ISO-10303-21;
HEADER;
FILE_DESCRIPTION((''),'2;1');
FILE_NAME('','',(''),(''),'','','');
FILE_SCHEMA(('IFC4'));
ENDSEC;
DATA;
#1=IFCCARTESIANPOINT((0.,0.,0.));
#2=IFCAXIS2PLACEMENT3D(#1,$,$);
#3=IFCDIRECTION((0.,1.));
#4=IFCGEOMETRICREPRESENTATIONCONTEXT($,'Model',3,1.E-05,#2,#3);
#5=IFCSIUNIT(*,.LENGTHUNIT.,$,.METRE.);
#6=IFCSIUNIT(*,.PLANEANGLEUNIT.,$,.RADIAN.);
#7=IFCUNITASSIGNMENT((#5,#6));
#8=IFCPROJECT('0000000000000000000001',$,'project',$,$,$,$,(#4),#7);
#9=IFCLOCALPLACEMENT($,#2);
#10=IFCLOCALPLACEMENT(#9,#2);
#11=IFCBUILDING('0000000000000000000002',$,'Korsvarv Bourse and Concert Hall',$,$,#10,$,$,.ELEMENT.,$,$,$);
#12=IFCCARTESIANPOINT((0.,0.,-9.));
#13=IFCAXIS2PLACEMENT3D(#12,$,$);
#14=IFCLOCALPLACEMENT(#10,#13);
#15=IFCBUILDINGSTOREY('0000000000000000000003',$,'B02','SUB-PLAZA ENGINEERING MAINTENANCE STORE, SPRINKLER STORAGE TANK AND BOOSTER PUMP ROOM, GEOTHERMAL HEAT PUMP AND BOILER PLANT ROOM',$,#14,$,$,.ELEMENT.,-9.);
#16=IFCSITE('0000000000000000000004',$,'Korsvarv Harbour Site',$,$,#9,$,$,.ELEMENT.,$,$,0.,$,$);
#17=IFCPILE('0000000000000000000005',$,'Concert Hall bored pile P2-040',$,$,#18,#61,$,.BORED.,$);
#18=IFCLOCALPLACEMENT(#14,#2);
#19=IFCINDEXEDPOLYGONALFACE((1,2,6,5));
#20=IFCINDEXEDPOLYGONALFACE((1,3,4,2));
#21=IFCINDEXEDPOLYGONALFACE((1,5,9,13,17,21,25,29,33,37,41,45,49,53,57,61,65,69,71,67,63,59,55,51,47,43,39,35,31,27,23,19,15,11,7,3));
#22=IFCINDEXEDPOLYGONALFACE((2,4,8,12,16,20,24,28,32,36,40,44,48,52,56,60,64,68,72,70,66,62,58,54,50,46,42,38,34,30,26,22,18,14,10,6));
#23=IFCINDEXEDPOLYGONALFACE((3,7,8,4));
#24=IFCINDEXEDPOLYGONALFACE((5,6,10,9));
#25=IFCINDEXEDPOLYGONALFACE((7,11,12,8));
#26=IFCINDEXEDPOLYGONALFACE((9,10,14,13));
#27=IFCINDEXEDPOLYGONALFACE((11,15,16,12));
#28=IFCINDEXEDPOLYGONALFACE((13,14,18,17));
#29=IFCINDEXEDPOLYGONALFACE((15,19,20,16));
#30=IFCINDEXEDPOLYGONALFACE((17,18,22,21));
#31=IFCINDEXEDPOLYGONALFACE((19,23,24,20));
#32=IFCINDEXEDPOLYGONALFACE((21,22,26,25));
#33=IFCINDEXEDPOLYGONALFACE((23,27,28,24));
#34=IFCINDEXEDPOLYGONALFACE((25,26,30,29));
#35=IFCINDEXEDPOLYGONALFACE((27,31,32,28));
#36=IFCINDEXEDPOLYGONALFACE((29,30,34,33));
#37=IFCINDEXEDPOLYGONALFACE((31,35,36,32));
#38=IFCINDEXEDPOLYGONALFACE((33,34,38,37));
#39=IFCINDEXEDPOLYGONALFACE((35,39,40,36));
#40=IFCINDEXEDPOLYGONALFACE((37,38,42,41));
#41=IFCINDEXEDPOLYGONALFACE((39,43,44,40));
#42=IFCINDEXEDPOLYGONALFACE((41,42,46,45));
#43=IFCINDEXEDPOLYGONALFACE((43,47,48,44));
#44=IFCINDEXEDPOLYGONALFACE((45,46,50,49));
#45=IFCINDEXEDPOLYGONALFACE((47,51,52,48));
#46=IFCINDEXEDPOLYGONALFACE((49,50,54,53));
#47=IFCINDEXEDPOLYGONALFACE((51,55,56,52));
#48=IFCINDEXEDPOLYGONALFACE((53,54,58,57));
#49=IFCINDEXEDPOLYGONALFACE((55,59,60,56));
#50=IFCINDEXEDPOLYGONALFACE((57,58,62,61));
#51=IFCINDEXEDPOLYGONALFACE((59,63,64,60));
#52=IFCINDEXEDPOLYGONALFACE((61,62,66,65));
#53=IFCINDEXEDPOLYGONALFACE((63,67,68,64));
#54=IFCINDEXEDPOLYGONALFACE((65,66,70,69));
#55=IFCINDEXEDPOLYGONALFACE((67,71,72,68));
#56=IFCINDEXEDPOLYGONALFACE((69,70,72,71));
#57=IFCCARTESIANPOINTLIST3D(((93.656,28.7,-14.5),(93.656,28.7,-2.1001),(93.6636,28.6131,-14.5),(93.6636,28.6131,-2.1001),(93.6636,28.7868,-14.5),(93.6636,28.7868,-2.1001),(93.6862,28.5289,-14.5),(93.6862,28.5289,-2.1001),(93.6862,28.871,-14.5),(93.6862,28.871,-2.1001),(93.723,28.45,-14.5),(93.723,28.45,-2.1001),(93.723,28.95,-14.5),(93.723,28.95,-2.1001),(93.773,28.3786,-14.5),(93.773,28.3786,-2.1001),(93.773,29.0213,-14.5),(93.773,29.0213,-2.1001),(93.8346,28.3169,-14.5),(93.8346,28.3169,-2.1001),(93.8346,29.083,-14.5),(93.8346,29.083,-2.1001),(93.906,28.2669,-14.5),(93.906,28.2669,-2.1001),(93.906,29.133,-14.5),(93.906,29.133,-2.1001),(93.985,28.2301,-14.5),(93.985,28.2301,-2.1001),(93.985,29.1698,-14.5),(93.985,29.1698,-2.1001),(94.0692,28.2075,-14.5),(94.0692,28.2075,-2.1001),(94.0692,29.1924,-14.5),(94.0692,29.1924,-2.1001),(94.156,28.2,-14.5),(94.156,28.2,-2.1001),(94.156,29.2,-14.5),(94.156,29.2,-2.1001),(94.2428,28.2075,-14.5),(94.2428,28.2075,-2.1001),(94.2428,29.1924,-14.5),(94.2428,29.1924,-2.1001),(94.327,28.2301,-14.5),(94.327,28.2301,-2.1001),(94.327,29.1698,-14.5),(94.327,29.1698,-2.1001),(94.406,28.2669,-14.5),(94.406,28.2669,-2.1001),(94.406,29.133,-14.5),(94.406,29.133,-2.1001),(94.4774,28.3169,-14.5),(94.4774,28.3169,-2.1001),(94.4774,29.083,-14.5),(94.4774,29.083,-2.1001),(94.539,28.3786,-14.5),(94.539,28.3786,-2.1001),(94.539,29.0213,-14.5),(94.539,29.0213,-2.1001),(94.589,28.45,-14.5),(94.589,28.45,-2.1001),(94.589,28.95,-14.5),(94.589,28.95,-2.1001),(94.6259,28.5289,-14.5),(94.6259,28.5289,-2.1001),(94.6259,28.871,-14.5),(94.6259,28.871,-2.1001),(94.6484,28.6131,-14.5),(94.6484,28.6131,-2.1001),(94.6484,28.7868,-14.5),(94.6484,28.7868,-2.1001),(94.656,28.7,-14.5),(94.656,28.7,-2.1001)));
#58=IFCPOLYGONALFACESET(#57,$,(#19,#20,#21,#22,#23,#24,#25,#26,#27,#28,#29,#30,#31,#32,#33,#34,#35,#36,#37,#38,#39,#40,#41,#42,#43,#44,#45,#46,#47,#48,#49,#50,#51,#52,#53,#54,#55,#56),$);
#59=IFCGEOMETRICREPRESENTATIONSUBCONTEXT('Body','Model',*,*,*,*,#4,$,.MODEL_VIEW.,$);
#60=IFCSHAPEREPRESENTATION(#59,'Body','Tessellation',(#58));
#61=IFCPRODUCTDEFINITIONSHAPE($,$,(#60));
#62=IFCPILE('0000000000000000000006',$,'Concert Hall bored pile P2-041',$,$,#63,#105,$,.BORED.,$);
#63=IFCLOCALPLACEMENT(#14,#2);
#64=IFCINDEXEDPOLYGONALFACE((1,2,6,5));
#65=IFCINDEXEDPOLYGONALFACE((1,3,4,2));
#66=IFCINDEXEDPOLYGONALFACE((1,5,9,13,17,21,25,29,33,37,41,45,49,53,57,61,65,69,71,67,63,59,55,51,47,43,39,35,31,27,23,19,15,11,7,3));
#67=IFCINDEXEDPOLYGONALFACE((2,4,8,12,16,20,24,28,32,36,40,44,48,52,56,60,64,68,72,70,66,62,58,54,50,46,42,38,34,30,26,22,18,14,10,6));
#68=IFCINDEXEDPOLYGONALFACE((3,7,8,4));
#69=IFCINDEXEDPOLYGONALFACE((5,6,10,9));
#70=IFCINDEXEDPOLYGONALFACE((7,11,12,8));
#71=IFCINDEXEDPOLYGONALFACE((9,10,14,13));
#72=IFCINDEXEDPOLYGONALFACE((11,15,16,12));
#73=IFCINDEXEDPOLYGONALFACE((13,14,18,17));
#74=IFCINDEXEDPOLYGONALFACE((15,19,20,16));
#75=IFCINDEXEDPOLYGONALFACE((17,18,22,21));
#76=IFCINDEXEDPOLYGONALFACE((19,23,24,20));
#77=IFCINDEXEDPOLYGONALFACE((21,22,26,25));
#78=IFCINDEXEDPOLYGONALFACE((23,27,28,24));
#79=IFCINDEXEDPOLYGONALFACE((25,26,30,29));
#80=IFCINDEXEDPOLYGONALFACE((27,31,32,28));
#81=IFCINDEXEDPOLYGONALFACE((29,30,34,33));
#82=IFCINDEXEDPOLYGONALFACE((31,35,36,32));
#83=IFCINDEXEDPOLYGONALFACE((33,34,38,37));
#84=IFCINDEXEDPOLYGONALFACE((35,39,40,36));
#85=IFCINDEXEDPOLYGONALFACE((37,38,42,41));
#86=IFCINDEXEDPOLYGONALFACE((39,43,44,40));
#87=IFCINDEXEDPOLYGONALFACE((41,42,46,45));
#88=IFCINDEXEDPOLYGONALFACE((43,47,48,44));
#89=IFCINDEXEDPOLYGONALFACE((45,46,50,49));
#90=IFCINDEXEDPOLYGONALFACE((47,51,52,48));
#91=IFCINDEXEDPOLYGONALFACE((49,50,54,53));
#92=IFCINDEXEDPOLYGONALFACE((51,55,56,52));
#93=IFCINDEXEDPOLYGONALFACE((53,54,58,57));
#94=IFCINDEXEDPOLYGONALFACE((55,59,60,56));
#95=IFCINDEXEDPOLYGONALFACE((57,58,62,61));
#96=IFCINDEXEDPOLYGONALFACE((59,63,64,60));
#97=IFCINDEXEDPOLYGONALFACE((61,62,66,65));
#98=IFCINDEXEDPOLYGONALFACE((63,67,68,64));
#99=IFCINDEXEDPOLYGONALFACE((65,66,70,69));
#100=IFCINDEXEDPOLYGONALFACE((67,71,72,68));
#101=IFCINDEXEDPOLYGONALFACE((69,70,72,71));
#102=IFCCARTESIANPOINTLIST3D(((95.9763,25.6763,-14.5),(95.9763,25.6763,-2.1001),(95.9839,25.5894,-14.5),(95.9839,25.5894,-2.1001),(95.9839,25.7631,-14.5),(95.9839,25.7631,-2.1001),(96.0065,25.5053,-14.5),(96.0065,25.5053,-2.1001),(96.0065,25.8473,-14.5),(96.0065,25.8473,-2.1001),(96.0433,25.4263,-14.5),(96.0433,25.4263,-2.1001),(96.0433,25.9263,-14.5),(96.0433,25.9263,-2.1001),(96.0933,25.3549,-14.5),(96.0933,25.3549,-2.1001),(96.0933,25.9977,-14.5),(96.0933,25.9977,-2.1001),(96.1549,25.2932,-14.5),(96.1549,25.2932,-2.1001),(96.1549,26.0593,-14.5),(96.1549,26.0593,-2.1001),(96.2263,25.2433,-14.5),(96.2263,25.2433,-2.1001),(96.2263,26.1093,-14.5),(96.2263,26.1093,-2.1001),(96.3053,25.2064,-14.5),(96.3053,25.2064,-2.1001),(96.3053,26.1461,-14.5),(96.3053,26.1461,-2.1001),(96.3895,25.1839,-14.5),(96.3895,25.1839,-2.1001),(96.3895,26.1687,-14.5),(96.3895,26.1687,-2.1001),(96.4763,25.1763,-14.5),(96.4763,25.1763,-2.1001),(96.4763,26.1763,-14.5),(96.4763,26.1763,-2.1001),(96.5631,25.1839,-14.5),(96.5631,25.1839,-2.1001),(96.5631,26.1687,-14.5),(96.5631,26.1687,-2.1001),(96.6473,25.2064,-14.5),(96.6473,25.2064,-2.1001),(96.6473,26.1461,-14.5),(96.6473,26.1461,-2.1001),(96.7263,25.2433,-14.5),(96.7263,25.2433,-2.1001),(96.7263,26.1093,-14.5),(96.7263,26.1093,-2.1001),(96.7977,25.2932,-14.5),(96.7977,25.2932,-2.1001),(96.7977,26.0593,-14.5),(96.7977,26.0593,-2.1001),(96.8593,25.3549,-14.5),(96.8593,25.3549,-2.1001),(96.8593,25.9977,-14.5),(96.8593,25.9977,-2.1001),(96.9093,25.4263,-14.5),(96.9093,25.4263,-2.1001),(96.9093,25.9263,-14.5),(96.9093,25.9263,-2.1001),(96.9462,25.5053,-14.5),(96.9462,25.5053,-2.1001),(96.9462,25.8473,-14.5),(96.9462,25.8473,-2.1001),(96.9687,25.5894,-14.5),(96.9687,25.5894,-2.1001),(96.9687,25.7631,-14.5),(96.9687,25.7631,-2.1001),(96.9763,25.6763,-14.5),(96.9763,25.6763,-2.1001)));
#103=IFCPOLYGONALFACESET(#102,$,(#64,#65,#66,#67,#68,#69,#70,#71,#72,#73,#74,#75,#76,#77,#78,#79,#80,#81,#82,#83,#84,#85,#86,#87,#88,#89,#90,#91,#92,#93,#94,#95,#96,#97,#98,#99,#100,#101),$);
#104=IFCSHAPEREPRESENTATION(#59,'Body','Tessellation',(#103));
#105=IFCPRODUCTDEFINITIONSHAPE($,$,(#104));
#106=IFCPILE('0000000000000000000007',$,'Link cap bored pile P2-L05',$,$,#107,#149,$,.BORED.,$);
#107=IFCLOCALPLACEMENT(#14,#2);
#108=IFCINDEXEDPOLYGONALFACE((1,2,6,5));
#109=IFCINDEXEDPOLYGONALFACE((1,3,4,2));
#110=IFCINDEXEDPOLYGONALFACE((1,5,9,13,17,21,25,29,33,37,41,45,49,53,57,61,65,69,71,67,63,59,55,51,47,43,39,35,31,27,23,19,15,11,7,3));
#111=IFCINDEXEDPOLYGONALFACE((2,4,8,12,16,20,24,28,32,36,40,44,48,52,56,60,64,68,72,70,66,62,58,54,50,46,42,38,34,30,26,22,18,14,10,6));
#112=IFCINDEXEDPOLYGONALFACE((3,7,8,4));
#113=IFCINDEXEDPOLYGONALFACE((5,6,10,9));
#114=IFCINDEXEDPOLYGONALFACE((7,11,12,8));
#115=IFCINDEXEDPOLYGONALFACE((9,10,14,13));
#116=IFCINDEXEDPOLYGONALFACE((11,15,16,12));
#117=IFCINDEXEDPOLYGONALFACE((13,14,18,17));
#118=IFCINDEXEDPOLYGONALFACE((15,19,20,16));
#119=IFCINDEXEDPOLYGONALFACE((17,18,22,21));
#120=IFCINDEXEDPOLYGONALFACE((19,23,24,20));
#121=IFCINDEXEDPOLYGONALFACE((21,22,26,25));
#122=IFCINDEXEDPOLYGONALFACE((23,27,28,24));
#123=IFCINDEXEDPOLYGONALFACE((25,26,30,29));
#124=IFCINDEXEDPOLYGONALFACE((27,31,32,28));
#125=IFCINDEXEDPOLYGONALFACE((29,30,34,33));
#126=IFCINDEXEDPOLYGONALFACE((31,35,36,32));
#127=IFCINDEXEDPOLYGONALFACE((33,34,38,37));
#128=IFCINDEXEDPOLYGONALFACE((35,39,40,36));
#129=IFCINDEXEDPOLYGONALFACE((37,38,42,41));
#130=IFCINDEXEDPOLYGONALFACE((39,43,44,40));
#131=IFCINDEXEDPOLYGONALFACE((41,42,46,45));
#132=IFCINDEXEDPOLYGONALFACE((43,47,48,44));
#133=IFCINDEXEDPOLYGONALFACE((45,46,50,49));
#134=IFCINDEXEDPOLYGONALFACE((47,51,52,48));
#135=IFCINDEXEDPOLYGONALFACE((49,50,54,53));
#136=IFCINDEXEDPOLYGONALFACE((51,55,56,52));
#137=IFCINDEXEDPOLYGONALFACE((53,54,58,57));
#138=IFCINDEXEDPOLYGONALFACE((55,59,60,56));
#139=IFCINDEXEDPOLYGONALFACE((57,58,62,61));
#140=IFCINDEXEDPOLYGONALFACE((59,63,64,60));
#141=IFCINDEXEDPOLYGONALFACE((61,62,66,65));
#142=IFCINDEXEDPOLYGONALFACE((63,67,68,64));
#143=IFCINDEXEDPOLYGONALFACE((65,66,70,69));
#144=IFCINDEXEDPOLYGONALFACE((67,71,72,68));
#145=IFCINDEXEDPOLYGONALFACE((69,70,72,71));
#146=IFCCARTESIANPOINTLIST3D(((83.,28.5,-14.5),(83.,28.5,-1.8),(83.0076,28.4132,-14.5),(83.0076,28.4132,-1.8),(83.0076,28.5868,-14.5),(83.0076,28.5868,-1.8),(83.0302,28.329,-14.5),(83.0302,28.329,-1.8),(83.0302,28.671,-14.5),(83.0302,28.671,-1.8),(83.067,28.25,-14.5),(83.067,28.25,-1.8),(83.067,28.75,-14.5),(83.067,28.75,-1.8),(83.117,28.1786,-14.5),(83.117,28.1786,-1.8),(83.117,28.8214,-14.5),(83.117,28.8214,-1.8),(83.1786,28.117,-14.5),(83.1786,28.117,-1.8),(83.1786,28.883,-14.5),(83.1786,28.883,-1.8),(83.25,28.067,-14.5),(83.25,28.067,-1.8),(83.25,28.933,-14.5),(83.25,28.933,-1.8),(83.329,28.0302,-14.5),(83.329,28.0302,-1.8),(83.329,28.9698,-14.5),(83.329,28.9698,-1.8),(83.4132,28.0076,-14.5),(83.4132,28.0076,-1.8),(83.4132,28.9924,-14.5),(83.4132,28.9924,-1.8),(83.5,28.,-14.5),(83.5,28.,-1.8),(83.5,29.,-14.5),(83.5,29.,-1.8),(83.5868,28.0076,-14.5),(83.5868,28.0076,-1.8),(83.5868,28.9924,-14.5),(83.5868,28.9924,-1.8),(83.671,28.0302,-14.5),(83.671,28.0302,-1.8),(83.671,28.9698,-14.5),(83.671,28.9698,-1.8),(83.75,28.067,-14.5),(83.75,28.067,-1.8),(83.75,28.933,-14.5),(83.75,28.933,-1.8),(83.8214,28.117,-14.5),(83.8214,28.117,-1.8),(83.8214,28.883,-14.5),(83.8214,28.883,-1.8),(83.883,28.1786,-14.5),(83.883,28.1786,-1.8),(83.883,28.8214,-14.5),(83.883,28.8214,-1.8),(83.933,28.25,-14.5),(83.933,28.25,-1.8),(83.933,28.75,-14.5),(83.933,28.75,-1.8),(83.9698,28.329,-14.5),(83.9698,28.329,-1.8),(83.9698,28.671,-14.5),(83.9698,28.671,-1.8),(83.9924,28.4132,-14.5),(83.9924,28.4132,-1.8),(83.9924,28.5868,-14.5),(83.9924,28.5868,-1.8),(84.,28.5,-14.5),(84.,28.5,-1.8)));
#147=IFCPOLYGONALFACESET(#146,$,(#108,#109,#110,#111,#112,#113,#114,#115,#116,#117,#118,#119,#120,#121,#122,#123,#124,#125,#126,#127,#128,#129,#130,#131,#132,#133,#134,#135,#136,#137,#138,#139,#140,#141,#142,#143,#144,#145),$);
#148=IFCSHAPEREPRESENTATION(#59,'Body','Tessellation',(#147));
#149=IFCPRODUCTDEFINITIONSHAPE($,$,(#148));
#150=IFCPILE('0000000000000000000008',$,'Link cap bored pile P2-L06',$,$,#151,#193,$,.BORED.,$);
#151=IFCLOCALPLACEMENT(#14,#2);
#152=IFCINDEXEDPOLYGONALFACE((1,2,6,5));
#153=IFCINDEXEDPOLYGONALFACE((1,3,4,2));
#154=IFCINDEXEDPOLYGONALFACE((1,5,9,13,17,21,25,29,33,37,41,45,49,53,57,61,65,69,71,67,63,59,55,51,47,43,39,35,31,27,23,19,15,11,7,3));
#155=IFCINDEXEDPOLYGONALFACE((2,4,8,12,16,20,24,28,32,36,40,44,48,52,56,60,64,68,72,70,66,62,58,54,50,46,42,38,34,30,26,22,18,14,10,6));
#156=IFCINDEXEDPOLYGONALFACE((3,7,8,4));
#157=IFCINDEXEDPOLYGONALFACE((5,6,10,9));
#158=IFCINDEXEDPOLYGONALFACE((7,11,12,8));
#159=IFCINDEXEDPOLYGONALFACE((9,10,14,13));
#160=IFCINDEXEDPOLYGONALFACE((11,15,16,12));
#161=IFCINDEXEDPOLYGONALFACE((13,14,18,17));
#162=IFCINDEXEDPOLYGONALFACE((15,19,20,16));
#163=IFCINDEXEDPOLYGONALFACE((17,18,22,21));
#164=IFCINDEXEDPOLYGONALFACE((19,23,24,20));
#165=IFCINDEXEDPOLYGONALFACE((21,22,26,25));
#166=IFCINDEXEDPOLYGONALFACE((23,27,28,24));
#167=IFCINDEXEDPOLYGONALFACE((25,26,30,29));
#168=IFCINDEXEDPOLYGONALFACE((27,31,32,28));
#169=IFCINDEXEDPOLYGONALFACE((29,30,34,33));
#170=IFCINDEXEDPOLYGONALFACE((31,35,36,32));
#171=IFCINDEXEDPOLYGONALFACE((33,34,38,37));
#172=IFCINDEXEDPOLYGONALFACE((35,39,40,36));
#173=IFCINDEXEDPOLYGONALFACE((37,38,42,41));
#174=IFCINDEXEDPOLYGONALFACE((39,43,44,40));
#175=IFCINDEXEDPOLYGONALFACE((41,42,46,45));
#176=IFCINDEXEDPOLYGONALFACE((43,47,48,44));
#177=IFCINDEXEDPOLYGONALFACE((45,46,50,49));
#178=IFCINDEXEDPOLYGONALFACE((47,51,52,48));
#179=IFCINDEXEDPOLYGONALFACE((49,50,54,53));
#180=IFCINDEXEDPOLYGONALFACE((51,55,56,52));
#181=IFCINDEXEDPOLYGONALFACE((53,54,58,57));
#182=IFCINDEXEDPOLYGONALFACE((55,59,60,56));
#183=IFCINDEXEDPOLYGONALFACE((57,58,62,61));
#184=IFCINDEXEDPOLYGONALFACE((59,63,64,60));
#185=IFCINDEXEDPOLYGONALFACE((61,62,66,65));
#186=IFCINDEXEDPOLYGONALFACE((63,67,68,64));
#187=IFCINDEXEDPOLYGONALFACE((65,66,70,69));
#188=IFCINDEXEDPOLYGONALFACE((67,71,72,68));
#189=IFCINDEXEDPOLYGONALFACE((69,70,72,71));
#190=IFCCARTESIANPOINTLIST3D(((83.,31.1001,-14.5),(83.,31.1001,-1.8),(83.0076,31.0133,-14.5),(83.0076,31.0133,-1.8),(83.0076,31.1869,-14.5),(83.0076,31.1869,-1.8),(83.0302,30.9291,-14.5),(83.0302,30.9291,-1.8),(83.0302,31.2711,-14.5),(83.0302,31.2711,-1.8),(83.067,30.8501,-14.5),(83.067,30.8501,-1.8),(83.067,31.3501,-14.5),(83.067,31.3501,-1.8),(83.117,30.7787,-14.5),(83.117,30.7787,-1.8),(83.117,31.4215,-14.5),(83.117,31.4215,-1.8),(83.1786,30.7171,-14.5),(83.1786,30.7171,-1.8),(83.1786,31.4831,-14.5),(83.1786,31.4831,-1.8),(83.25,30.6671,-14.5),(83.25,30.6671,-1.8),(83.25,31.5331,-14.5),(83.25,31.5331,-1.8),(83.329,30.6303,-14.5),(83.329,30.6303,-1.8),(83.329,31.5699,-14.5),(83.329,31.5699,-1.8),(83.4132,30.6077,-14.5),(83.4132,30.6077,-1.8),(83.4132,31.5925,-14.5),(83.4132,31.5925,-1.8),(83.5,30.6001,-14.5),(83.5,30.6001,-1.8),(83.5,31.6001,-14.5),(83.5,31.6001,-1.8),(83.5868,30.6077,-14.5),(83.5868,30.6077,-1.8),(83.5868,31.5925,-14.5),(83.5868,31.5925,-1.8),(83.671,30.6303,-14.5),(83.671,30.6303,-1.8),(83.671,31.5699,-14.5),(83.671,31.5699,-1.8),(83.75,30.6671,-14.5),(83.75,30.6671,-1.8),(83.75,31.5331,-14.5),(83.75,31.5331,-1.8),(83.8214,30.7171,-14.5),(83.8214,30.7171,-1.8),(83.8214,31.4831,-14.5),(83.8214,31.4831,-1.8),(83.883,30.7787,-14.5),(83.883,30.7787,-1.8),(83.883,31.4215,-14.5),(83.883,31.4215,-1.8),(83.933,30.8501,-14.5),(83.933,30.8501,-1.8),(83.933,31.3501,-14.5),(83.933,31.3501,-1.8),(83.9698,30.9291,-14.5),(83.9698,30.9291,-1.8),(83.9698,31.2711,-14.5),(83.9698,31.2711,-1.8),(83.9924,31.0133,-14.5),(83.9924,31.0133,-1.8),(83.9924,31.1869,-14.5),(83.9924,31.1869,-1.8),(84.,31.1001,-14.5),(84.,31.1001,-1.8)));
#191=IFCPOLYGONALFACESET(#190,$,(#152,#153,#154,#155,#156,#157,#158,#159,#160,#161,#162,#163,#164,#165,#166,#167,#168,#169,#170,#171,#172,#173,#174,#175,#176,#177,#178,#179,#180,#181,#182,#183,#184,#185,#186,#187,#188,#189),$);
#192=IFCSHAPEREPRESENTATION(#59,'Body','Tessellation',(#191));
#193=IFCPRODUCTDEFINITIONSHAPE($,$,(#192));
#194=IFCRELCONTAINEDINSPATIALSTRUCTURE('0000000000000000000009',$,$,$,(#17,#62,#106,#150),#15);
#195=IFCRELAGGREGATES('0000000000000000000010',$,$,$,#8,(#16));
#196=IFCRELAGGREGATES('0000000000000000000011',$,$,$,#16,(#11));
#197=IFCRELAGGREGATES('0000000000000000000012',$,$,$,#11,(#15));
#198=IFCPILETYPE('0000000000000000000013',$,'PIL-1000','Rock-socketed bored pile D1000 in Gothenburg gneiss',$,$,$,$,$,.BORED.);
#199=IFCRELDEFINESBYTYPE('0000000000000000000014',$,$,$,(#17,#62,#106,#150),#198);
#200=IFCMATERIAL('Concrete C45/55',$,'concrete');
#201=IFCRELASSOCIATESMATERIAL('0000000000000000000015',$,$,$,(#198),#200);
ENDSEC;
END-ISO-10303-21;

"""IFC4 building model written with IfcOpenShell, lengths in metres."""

from ifc_helpers import new_model, si_unit, direction, frame, origin, origin_2d, place, context, subcontext, project, spatial, circle, extrude, source, transform, mapped, material, material_profile, profile_set, type_object, element, save


model = new_model("IFC4")

# Units and contexts
model_context = context("Model", 3, precision=1e-05, world=origin(), true_north=direction((0.0, 1.0)))
body_context = subcontext(model_context, "Body", "Model", "MODEL_VIEW")
ifc_project = project(units=[si_unit("LENGTHUNIT", "METRE"), si_unit("PLANEANGLEUNIT", "RADIAN")], contexts=[model_context])

# Site, building, storey
site_placement = place(None, origin())
site = spatial("IfcSite", under=ifc_project, at=site_placement, Name="Korsvarv Harbour Site", CompositionType="ELEMENT", RefElevation=0.0)
building_placement = place(site_placement, origin())
building = spatial("IfcBuilding", under=site, at=building_placement, Name="Korsvarv Bourse and Concert Hall", CompositionType="ELEMENT")
storey_placement = place(building_placement, frame((0.0, 0.0, -9.0)))
storey = spatial("IfcBuildingStorey", under=building, at=storey_placement, Name="B02", Description="SUB-PLAZA ENGINEERING MAINTENANCE STORE, SPRINKLER STORAGE TANK AND BOOSTER PUMP ROOM, GEOTHERMAL HEAT PUMP AND BOILER PLANT ROOM", CompositionType="ELEMENT", Elevation=-9.0)

# Shared definitions
ifc_material_1 = material(Name="Concrete C45/55", Category="concrete")

# Piles
ifc_material_profile_1 = material_profile(ifc_material_1, circle(Radius=0.5, at=origin_2d()), Name="PILE D1000")
ifc_profile_set_1 = profile_set([ifc_material_profile_1], Name="Concrete C45/55")
pile_type = type_object("IfcPileType", Name="PIL-1000", Description="Rock-socketed bored pile D1000 in Gothenburg gneiss", PredefinedType="BORED", material=ifc_profile_set_1)
shared_shape_1 = source(origin(), body_context, "Body", "SweptSolid", [
    extrude(circle(Radius=0.5, at=origin_2d()), origin(), (0.0, 0.0, 1.0), 12.3999),
])
for number, where, z_axis, x_axis, name in (
    (1, (94.156, 28.7, -2.1001), (0.0, 0.0, -1.0), (1.0, 0.0, 0.0), "Concert Hall bored pile P2-040"),
    (2, (96.4763, 25.6763, -2.1001), (0.0, 0.0, -1.0), (1.0, 0.0, 0.0), "Concert Hall bored pile P2-041"),
):
    element("IfcPile", number, at=place(storey_placement, frame(where, z_axis=z_axis, x_axis=x_axis)), inside=storey, type_object=pile_type, Name=name, PredefinedType="BORED", context=body_context, shape_type="MappedRepresentation", body=[
        mapped(shared_shape_1, transform((0.0, 0.0, 0.0), scale=1.0)),
    ])
shared_shape_2 = source(origin(), body_context, "Body", "SweptSolid", [
    extrude(circle(Radius=0.5, at=origin_2d()), origin(), (0.0, 0.0, 1.0), 12.7),
])
for number, where, z_axis, x_axis, name in (
    (3, (83.5, 28.5, -1.8), (0.0, 0.0, -1.0), (1.0, 0.0, 0.0), "Link cap bored pile P2-L05"),
    (4, (83.5, 31.1001, -1.8), (0.0, 0.0, -1.0), (1.0, 0.0, 0.0), "Link cap bored pile P2-L06"),
):
    element("IfcPile", number, at=place(storey_placement, frame(where, z_axis=z_axis, x_axis=x_axis)), inside=storey, type_object=pile_type, Name=name, PredefinedType="BORED", context=body_context, shape_type="MappedRepresentation", body=[
        mapped(shared_shape_2, transform((0.0, 0.0, 0.0), scale=1.0)),
    ])

save(model, "model.ifc")
